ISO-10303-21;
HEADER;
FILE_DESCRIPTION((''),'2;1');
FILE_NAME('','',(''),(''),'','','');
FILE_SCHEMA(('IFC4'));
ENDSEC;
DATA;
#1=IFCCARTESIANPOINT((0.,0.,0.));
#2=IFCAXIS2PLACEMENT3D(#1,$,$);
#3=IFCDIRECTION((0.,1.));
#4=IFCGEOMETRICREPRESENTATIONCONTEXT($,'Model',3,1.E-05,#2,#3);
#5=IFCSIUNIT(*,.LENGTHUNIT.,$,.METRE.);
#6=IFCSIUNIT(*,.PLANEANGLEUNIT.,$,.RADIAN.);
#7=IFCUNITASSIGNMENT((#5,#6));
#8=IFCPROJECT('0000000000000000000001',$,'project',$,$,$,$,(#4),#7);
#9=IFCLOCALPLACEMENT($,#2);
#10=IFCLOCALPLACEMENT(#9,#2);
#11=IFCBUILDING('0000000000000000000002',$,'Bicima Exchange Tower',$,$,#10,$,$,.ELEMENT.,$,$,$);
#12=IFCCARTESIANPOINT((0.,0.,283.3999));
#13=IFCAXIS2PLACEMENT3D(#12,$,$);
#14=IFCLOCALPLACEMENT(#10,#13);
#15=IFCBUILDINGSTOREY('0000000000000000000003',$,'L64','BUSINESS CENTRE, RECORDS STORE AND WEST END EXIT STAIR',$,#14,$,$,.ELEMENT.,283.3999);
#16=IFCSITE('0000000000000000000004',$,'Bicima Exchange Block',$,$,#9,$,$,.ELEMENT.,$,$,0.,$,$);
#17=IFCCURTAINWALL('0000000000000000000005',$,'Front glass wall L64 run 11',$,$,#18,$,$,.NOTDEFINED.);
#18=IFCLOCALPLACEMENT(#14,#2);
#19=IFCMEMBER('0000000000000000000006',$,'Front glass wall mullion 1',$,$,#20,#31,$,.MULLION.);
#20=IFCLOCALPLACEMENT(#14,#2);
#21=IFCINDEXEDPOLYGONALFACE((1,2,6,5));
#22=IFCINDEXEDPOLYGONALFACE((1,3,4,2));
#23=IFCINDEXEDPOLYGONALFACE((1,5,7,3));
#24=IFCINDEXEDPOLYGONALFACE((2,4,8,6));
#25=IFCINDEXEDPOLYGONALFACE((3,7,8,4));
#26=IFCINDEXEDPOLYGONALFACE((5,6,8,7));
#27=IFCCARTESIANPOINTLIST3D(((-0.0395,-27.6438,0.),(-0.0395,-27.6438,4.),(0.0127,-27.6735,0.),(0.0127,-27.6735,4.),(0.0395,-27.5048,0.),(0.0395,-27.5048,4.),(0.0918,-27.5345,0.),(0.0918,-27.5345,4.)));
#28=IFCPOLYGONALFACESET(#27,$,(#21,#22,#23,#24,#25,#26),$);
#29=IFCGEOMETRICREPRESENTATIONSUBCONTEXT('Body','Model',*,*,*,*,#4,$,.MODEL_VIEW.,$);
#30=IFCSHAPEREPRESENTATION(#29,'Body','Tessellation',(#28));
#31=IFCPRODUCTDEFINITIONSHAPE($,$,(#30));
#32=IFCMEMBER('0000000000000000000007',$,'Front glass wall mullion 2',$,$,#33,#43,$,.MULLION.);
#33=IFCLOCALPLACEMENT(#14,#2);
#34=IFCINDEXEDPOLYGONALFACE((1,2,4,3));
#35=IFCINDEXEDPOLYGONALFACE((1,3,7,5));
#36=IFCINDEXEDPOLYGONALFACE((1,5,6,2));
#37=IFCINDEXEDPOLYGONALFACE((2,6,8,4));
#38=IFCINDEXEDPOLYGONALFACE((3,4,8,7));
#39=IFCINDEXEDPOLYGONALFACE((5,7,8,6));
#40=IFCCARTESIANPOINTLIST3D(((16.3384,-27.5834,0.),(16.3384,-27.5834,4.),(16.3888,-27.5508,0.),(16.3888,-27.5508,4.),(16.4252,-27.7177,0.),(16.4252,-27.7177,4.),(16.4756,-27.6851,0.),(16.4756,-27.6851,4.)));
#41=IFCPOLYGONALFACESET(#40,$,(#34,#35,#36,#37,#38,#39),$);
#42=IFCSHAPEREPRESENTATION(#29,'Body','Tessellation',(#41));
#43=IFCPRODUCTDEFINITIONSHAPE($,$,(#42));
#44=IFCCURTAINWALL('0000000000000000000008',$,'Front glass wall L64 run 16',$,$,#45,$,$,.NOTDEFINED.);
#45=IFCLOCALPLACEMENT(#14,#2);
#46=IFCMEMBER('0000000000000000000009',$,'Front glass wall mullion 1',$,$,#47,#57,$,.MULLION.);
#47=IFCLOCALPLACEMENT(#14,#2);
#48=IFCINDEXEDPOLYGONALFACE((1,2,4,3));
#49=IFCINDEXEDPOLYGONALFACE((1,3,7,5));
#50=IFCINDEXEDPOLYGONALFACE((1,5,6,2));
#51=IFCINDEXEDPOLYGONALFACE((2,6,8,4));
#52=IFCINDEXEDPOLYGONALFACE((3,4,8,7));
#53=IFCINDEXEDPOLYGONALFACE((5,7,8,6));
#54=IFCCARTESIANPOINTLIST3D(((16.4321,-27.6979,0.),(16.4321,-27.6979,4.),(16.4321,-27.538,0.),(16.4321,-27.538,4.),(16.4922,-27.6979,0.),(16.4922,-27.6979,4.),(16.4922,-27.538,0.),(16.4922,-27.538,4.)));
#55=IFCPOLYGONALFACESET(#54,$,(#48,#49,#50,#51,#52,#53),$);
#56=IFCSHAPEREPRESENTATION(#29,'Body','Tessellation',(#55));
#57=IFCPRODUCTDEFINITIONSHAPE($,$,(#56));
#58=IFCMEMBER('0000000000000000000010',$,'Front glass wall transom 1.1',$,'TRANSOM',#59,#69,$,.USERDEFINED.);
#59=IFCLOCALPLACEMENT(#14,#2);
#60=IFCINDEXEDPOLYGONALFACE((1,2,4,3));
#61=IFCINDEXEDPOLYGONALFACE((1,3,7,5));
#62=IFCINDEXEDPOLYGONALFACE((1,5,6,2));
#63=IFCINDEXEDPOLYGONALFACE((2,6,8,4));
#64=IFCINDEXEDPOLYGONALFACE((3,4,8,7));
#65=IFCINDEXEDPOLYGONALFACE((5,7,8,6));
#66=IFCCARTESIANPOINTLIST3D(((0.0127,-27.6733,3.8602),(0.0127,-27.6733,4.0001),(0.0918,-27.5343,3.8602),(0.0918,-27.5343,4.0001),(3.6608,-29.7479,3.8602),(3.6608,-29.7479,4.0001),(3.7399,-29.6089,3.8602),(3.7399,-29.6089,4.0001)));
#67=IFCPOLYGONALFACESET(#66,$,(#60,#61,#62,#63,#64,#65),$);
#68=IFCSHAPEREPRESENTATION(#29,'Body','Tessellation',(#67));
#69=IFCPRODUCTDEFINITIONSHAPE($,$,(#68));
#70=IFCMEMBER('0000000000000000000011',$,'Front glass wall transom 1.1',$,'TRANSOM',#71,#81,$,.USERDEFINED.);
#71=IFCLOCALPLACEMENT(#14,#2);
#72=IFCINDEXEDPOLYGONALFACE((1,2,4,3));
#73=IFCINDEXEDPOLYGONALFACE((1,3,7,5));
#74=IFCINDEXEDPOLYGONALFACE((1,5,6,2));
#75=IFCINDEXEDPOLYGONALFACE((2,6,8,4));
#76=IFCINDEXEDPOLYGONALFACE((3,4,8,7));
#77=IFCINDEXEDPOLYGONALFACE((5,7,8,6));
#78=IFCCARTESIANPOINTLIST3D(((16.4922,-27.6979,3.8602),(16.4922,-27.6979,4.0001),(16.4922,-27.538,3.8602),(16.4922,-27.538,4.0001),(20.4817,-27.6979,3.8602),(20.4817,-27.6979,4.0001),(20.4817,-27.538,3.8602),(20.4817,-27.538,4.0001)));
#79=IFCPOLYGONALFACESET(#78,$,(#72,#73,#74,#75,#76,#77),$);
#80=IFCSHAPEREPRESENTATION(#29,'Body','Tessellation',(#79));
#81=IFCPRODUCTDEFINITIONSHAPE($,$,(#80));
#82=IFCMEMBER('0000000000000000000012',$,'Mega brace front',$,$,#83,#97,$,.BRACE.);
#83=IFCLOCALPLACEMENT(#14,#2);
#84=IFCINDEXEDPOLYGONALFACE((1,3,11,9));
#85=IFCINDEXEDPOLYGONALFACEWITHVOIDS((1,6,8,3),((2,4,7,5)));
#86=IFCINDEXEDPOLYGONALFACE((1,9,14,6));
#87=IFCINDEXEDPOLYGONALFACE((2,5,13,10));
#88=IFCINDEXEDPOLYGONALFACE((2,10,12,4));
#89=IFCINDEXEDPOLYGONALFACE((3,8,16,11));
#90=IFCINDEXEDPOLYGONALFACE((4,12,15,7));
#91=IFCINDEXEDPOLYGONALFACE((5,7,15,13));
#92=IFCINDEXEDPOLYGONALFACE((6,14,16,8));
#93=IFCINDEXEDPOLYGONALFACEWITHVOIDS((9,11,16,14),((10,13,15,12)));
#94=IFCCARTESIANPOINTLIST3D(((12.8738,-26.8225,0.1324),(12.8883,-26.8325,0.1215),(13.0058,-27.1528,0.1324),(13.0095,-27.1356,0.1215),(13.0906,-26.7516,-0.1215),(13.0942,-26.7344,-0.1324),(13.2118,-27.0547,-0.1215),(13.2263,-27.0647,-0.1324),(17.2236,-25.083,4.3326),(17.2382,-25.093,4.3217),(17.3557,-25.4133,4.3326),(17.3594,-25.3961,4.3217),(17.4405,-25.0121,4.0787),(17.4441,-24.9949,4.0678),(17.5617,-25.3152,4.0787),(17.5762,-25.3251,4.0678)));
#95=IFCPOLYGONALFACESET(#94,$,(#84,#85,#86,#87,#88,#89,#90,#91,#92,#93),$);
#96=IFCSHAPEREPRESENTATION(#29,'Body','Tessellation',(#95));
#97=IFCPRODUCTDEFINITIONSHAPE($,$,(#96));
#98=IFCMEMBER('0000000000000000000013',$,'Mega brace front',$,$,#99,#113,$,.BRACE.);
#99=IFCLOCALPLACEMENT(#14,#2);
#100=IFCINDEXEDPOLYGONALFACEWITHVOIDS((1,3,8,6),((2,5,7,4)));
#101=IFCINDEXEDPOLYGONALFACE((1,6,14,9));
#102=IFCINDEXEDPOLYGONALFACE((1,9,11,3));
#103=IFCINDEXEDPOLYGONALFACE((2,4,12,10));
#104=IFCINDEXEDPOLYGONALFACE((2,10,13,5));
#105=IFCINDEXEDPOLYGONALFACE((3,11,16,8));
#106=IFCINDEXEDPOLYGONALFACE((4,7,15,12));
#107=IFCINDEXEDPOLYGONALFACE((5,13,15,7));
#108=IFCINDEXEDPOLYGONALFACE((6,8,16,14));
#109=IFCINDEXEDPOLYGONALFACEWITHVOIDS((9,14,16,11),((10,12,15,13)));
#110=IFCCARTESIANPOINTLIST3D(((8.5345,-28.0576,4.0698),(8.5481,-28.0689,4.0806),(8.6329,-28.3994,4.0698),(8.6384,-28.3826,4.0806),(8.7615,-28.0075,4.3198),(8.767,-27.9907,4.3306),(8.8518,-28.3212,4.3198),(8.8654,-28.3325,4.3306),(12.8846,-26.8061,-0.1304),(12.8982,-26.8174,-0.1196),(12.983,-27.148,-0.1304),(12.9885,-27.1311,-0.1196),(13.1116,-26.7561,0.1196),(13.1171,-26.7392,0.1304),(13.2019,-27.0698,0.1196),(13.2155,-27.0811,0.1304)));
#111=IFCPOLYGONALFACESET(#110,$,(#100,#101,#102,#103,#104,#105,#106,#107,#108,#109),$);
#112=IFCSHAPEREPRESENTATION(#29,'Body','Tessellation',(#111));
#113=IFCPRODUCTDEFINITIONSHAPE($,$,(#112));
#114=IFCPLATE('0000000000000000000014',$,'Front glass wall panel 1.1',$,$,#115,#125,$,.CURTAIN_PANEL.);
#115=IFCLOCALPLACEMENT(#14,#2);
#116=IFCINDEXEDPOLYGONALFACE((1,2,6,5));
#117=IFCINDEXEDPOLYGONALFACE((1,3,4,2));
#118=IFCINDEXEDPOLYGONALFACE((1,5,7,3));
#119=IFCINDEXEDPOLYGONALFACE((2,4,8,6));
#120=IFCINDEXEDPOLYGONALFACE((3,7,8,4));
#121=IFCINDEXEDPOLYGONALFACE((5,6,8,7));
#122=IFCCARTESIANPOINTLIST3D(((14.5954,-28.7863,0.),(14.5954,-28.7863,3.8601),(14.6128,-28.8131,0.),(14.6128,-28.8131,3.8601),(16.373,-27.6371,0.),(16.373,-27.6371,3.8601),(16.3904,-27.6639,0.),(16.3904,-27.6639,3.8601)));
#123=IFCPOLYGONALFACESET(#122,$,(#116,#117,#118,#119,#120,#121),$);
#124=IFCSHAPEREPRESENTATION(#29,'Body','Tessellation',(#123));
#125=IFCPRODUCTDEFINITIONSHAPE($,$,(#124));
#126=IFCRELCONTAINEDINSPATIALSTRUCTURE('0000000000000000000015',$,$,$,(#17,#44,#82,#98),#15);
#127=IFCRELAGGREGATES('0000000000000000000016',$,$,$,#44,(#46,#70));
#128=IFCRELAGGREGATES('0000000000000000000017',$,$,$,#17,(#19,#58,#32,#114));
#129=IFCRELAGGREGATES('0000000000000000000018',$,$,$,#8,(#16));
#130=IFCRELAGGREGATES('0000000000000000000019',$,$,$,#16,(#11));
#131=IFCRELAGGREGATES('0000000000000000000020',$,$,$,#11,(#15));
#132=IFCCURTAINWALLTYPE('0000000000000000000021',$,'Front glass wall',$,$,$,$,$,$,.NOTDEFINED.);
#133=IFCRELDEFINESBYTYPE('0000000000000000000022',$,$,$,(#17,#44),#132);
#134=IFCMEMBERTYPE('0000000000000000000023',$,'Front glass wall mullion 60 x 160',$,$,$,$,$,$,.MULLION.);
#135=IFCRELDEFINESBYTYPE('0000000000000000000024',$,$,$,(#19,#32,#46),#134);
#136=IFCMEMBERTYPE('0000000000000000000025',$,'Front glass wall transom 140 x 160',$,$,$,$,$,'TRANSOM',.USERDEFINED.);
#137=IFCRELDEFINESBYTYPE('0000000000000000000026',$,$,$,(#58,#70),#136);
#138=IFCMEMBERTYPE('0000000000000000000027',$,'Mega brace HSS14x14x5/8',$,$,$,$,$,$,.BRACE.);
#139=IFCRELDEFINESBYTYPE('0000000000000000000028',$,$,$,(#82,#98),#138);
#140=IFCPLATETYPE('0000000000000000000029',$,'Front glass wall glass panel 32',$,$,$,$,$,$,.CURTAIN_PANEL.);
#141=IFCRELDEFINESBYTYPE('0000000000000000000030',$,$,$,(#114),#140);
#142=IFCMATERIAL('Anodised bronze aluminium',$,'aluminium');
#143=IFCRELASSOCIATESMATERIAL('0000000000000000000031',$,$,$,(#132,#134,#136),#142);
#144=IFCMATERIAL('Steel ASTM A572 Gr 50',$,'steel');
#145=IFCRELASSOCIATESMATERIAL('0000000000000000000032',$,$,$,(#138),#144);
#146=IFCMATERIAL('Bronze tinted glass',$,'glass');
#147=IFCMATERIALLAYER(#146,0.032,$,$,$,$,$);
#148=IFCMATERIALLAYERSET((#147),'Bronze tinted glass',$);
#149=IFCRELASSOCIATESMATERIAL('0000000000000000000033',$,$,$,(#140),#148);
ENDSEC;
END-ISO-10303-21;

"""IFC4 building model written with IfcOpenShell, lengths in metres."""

from ifc_helpers import new_model, si_unit, direction, frame, origin, origin_2d, place, context, subcontext, project, spatial, rectangle, hollow_rectangle, extrude, material, layer, layer_set, material_profile, profile_set, type_object, element, aggregate, save


model = new_model("IFC4")

# Units and contexts
model_context = context("Model", 3, precision=1e-05, world=origin(), true_north=direction((0.0, 1.0)))
body_context = subcontext(model_context, "Body", "Model", "MODEL_VIEW")
ifc_project = project(units=[si_unit("LENGTHUNIT", "METRE"), si_unit("PLANEANGLEUNIT", "RADIAN")], contexts=[model_context])

# Site, building, storey
site_placement = place(None, origin())
site = spatial("IfcSite", under=ifc_project, at=site_placement, Name="Bicima Exchange Block", CompositionType="ELEMENT", RefElevation=0.0)
building_placement = place(site_placement, origin())
building = spatial("IfcBuilding", under=site, at=building_placement, Name="Bicima Exchange Tower", CompositionType="ELEMENT")
storey_placement = place(building_placement, frame((0.0, 0.0, 283.3999)))
storey = spatial("IfcBuildingStorey", under=building, at=storey_placement, Name="L64", Description="BUSINESS CENTRE, RECORDS STORE AND WEST END EXIT STAIR", CompositionType="ELEMENT", Elevation=283.3999)

# Curtain wall, members
ifc_material_1 = material(Name="Anodised bronze aluminium", Category="aluminium")
curtain_wall_type = type_object("IfcCurtainWallType", Name="Front glass wall", PredefinedType="NOTDEFINED", material=ifc_material_1)
curtain_wall_1_placement = place(storey_placement, origin())
curtain_wall_1 = element("IfcCurtainWall", 1, at=curtain_wall_1_placement, inside=storey, type_object=curtain_wall_type, Name="Front glass wall L64 run 11", PredefinedType="NOTDEFINED")
ifc_material_profile_1 = material_profile(ifc_material_1, rectangle(XDim=0.1599, YDim=0.0601, at=origin_2d()))
ifc_profile_set_1 = profile_set([ifc_material_profile_1], Name="Anodised bronze aluminium")
member_type_1 = type_object("IfcMemberType", Name="Front glass wall mullion 60 x 160", PredefinedType="MULLION", material=ifc_profile_set_1)
member_1_placement = place(storey_placement, frame((0.0261, -27.5891, 0.0), z_axis=(0.0, 0.0, 1.0), x_axis=(0.49433, 0.869274, 0.0)))
member_1 = element("IfcMember", 2, at=member_1_placement, type_object=member_type_1, Name="Front glass wall mullion 1", PredefinedType="MULLION", context=body_context, shape_type="SweptSolid", body=[
    extrude(rectangle(XDim=0.1599, YDim=0.0601, at=origin_2d()), origin(), (0.0, 0.0, 1.0), 4.0),
])
member_2_placement = place(storey_placement, frame((16.407, -27.6343, 0.0), z_axis=(0.0, 0.0, 1.0), x_axis=(-0.542909, 0.839791, 0.0)))
member_2 = element("IfcMember", 3, at=member_2_placement, type_object=member_type_1, Name="Front glass wall mullion 2", PredefinedType="MULLION", context=body_context, shape_type="SweptSolid", body=[
    extrude(rectangle(XDim=0.1599, YDim=0.0601, at=origin_2d()), origin(), (0.0, 0.0, 1.0), 4.0),
])

# Curtain wall, member
curtain_wall_2_placement = place(storey_placement, origin())
curtain_wall_2 = element("IfcCurtainWall", 4, at=curtain_wall_2_placement, inside=storey, type_object=curtain_wall_type, Name="Front glass wall L64 run 16", PredefinedType="NOTDEFINED")
member_3_placement = place(storey_placement, frame((16.4622, -27.6179, 0.0), z_axis=(0.0, 0.0, 1.0), x_axis=(0.0, 1.0, 0.0)))
member_3 = element("IfcMember", 5, at=member_3_placement, type_object=member_type_1, Name="Front glass wall mullion 1", PredefinedType="MULLION", context=body_context, shape_type="SweptSolid", body=[
    extrude(rectangle(XDim=0.1599, YDim=0.0601, at=origin_2d()), origin(), (0.0, 0.0, 1.0), 4.0),
])

# Members
ifc_material_profile_2 = material_profile(ifc_material_1, rectangle(XDim=0.1599, YDim=0.1399, at=origin_2d()))
ifc_profile_set_2 = profile_set([ifc_material_profile_2], Name="Anodised bronze aluminium")
member_type_2 = type_object("IfcMemberType", Name="Front glass wall transom 140 x 160", ElementType="TRANSOM", PredefinedType="USERDEFINED", material=ifc_profile_set_2)
member_4_placement = place(storey_placement, frame((0.0522, -27.6038, 3.9302), z_axis=(0.869265, -0.494346, 0.0), x_axis=(0.494346, 0.869265, 0.0)))
member_4 = element("IfcMember", 6, at=member_4_placement, type_object=member_type_2, Name="Front glass wall transom 1.1", ObjectType="TRANSOM", PredefinedType="USERDEFINED", context=body_context, shape_type="SweptSolid", body=[
    extrude(rectangle(XDim=0.1599, YDim=0.1399, at=origin_2d()), origin(), (0.0, 0.0, 1.0), 4.1968),
])
member_5_placement = place(storey_placement, frame((16.4922, -27.6179, 3.9302), z_axis=(1.0, 0.0, 0.0), x_axis=(0.0, 1.0, 0.0)))
member_5 = element("IfcMember", 7, at=member_5_placement, type_object=member_type_2, Name="Front glass wall transom 1.1", ObjectType="TRANSOM", PredefinedType="USERDEFINED", context=body_context, shape_type="SweptSolid", body=[
    extrude(rectangle(XDim=0.1599, YDim=0.1399, at=origin_2d()), origin(), (0.0, 0.0, 1.0), 3.9895),
])
aggregate(curtain_wall_2, [member_3, member_5])

# Members
ifc_material_2 = material(Name="Steel ASTM A572 Gr 50", Category="steel")
ifc_material_profile_3 = material_profile(ifc_material_2, hollow_rectangle(XDim=0.3557, YDim=0.3557, WallThickness=0.0146, at=origin_2d()))
ifc_profile_set_3 = profile_set([ifc_material_profile_3], Name="Steel ASTM A572 Gr 50")
member_type_3 = type_object("IfcMemberType", Name="Mega brace HSS14x14x5/8", PredefinedType="BRACE", material=ifc_profile_set_3)
member_6_placement = place(storey_placement, frame((13.05, -26.9436, 0.0), z_axis=(0.691335, 0.276464, 0.66755), x_axis=(-0.37131, 0.928509, 0.0)))
element("IfcMember", 8, at=member_6_placement, inside=storey, type_object=member_type_3, Name="Mega brace front", PredefinedType="BRACE", context=body_context, shape_type="SweptSolid", body=[
    extrude(hollow_rectangle(XDim=0.3557, YDim=0.3557, WallThickness=0.0146, at=origin_2d()), origin(), (0.0, 0.0, 1.0), 6.292),
])
member_7_placement = place(storey_placement, frame((13.05, -26.9436, 0.0), z_axis=(-0.704464, -0.202665, 0.680189), x_axis=(0.276473, -0.961022, 0.0)))
element("IfcMember", 9, at=member_7_placement, inside=storey, type_object=member_type_3, Name="Mega brace front", PredefinedType="BRACE", context=body_context, shape_type="SweptSolid", body=[
    extrude(hollow_rectangle(XDim=0.3557, YDim=0.3557, WallThickness=0.0146, at=origin_2d()), origin(), (0.0, 0.0, 1.0), 6.175),
])

# Plate
ifc_material_3 = material(Name="Bronze tinted glass", Category="glass")
ifc_layer_1 = layer(ifc_material_3, 0.032)
ifc_layer_set_1 = layer_set([ifc_layer_1], Name="Bronze tinted glass")
plate_type = type_object("IfcPlateType", Name="Front glass wall glass panel 32", PredefinedType="CURTAIN_PANEL", material=ifc_layer_set_1)
plate_placement = place(storey_placement, frame((15.4929, -28.2251, 0.0), z_axis=(0.0, 0.0, 1.0), x_axis=(0.839791, 0.542909, 0.0)))
plate = element("IfcPlate", 10, at=plate_placement, type_object=plate_type, Name="Front glass wall panel 1.1", PredefinedType="CURTAIN_PANEL", context=body_context, shape_type="SweptSolid", body=[
    extrude(rectangle(XDim=2.1167, YDim=0.032, at=origin_2d()), origin(), (0.0, 0.0, 1.0), 3.8601),
])
aggregate(curtain_wall_1, [member_1, member_4, member_2, plate])

save(model, "model.ifc")
